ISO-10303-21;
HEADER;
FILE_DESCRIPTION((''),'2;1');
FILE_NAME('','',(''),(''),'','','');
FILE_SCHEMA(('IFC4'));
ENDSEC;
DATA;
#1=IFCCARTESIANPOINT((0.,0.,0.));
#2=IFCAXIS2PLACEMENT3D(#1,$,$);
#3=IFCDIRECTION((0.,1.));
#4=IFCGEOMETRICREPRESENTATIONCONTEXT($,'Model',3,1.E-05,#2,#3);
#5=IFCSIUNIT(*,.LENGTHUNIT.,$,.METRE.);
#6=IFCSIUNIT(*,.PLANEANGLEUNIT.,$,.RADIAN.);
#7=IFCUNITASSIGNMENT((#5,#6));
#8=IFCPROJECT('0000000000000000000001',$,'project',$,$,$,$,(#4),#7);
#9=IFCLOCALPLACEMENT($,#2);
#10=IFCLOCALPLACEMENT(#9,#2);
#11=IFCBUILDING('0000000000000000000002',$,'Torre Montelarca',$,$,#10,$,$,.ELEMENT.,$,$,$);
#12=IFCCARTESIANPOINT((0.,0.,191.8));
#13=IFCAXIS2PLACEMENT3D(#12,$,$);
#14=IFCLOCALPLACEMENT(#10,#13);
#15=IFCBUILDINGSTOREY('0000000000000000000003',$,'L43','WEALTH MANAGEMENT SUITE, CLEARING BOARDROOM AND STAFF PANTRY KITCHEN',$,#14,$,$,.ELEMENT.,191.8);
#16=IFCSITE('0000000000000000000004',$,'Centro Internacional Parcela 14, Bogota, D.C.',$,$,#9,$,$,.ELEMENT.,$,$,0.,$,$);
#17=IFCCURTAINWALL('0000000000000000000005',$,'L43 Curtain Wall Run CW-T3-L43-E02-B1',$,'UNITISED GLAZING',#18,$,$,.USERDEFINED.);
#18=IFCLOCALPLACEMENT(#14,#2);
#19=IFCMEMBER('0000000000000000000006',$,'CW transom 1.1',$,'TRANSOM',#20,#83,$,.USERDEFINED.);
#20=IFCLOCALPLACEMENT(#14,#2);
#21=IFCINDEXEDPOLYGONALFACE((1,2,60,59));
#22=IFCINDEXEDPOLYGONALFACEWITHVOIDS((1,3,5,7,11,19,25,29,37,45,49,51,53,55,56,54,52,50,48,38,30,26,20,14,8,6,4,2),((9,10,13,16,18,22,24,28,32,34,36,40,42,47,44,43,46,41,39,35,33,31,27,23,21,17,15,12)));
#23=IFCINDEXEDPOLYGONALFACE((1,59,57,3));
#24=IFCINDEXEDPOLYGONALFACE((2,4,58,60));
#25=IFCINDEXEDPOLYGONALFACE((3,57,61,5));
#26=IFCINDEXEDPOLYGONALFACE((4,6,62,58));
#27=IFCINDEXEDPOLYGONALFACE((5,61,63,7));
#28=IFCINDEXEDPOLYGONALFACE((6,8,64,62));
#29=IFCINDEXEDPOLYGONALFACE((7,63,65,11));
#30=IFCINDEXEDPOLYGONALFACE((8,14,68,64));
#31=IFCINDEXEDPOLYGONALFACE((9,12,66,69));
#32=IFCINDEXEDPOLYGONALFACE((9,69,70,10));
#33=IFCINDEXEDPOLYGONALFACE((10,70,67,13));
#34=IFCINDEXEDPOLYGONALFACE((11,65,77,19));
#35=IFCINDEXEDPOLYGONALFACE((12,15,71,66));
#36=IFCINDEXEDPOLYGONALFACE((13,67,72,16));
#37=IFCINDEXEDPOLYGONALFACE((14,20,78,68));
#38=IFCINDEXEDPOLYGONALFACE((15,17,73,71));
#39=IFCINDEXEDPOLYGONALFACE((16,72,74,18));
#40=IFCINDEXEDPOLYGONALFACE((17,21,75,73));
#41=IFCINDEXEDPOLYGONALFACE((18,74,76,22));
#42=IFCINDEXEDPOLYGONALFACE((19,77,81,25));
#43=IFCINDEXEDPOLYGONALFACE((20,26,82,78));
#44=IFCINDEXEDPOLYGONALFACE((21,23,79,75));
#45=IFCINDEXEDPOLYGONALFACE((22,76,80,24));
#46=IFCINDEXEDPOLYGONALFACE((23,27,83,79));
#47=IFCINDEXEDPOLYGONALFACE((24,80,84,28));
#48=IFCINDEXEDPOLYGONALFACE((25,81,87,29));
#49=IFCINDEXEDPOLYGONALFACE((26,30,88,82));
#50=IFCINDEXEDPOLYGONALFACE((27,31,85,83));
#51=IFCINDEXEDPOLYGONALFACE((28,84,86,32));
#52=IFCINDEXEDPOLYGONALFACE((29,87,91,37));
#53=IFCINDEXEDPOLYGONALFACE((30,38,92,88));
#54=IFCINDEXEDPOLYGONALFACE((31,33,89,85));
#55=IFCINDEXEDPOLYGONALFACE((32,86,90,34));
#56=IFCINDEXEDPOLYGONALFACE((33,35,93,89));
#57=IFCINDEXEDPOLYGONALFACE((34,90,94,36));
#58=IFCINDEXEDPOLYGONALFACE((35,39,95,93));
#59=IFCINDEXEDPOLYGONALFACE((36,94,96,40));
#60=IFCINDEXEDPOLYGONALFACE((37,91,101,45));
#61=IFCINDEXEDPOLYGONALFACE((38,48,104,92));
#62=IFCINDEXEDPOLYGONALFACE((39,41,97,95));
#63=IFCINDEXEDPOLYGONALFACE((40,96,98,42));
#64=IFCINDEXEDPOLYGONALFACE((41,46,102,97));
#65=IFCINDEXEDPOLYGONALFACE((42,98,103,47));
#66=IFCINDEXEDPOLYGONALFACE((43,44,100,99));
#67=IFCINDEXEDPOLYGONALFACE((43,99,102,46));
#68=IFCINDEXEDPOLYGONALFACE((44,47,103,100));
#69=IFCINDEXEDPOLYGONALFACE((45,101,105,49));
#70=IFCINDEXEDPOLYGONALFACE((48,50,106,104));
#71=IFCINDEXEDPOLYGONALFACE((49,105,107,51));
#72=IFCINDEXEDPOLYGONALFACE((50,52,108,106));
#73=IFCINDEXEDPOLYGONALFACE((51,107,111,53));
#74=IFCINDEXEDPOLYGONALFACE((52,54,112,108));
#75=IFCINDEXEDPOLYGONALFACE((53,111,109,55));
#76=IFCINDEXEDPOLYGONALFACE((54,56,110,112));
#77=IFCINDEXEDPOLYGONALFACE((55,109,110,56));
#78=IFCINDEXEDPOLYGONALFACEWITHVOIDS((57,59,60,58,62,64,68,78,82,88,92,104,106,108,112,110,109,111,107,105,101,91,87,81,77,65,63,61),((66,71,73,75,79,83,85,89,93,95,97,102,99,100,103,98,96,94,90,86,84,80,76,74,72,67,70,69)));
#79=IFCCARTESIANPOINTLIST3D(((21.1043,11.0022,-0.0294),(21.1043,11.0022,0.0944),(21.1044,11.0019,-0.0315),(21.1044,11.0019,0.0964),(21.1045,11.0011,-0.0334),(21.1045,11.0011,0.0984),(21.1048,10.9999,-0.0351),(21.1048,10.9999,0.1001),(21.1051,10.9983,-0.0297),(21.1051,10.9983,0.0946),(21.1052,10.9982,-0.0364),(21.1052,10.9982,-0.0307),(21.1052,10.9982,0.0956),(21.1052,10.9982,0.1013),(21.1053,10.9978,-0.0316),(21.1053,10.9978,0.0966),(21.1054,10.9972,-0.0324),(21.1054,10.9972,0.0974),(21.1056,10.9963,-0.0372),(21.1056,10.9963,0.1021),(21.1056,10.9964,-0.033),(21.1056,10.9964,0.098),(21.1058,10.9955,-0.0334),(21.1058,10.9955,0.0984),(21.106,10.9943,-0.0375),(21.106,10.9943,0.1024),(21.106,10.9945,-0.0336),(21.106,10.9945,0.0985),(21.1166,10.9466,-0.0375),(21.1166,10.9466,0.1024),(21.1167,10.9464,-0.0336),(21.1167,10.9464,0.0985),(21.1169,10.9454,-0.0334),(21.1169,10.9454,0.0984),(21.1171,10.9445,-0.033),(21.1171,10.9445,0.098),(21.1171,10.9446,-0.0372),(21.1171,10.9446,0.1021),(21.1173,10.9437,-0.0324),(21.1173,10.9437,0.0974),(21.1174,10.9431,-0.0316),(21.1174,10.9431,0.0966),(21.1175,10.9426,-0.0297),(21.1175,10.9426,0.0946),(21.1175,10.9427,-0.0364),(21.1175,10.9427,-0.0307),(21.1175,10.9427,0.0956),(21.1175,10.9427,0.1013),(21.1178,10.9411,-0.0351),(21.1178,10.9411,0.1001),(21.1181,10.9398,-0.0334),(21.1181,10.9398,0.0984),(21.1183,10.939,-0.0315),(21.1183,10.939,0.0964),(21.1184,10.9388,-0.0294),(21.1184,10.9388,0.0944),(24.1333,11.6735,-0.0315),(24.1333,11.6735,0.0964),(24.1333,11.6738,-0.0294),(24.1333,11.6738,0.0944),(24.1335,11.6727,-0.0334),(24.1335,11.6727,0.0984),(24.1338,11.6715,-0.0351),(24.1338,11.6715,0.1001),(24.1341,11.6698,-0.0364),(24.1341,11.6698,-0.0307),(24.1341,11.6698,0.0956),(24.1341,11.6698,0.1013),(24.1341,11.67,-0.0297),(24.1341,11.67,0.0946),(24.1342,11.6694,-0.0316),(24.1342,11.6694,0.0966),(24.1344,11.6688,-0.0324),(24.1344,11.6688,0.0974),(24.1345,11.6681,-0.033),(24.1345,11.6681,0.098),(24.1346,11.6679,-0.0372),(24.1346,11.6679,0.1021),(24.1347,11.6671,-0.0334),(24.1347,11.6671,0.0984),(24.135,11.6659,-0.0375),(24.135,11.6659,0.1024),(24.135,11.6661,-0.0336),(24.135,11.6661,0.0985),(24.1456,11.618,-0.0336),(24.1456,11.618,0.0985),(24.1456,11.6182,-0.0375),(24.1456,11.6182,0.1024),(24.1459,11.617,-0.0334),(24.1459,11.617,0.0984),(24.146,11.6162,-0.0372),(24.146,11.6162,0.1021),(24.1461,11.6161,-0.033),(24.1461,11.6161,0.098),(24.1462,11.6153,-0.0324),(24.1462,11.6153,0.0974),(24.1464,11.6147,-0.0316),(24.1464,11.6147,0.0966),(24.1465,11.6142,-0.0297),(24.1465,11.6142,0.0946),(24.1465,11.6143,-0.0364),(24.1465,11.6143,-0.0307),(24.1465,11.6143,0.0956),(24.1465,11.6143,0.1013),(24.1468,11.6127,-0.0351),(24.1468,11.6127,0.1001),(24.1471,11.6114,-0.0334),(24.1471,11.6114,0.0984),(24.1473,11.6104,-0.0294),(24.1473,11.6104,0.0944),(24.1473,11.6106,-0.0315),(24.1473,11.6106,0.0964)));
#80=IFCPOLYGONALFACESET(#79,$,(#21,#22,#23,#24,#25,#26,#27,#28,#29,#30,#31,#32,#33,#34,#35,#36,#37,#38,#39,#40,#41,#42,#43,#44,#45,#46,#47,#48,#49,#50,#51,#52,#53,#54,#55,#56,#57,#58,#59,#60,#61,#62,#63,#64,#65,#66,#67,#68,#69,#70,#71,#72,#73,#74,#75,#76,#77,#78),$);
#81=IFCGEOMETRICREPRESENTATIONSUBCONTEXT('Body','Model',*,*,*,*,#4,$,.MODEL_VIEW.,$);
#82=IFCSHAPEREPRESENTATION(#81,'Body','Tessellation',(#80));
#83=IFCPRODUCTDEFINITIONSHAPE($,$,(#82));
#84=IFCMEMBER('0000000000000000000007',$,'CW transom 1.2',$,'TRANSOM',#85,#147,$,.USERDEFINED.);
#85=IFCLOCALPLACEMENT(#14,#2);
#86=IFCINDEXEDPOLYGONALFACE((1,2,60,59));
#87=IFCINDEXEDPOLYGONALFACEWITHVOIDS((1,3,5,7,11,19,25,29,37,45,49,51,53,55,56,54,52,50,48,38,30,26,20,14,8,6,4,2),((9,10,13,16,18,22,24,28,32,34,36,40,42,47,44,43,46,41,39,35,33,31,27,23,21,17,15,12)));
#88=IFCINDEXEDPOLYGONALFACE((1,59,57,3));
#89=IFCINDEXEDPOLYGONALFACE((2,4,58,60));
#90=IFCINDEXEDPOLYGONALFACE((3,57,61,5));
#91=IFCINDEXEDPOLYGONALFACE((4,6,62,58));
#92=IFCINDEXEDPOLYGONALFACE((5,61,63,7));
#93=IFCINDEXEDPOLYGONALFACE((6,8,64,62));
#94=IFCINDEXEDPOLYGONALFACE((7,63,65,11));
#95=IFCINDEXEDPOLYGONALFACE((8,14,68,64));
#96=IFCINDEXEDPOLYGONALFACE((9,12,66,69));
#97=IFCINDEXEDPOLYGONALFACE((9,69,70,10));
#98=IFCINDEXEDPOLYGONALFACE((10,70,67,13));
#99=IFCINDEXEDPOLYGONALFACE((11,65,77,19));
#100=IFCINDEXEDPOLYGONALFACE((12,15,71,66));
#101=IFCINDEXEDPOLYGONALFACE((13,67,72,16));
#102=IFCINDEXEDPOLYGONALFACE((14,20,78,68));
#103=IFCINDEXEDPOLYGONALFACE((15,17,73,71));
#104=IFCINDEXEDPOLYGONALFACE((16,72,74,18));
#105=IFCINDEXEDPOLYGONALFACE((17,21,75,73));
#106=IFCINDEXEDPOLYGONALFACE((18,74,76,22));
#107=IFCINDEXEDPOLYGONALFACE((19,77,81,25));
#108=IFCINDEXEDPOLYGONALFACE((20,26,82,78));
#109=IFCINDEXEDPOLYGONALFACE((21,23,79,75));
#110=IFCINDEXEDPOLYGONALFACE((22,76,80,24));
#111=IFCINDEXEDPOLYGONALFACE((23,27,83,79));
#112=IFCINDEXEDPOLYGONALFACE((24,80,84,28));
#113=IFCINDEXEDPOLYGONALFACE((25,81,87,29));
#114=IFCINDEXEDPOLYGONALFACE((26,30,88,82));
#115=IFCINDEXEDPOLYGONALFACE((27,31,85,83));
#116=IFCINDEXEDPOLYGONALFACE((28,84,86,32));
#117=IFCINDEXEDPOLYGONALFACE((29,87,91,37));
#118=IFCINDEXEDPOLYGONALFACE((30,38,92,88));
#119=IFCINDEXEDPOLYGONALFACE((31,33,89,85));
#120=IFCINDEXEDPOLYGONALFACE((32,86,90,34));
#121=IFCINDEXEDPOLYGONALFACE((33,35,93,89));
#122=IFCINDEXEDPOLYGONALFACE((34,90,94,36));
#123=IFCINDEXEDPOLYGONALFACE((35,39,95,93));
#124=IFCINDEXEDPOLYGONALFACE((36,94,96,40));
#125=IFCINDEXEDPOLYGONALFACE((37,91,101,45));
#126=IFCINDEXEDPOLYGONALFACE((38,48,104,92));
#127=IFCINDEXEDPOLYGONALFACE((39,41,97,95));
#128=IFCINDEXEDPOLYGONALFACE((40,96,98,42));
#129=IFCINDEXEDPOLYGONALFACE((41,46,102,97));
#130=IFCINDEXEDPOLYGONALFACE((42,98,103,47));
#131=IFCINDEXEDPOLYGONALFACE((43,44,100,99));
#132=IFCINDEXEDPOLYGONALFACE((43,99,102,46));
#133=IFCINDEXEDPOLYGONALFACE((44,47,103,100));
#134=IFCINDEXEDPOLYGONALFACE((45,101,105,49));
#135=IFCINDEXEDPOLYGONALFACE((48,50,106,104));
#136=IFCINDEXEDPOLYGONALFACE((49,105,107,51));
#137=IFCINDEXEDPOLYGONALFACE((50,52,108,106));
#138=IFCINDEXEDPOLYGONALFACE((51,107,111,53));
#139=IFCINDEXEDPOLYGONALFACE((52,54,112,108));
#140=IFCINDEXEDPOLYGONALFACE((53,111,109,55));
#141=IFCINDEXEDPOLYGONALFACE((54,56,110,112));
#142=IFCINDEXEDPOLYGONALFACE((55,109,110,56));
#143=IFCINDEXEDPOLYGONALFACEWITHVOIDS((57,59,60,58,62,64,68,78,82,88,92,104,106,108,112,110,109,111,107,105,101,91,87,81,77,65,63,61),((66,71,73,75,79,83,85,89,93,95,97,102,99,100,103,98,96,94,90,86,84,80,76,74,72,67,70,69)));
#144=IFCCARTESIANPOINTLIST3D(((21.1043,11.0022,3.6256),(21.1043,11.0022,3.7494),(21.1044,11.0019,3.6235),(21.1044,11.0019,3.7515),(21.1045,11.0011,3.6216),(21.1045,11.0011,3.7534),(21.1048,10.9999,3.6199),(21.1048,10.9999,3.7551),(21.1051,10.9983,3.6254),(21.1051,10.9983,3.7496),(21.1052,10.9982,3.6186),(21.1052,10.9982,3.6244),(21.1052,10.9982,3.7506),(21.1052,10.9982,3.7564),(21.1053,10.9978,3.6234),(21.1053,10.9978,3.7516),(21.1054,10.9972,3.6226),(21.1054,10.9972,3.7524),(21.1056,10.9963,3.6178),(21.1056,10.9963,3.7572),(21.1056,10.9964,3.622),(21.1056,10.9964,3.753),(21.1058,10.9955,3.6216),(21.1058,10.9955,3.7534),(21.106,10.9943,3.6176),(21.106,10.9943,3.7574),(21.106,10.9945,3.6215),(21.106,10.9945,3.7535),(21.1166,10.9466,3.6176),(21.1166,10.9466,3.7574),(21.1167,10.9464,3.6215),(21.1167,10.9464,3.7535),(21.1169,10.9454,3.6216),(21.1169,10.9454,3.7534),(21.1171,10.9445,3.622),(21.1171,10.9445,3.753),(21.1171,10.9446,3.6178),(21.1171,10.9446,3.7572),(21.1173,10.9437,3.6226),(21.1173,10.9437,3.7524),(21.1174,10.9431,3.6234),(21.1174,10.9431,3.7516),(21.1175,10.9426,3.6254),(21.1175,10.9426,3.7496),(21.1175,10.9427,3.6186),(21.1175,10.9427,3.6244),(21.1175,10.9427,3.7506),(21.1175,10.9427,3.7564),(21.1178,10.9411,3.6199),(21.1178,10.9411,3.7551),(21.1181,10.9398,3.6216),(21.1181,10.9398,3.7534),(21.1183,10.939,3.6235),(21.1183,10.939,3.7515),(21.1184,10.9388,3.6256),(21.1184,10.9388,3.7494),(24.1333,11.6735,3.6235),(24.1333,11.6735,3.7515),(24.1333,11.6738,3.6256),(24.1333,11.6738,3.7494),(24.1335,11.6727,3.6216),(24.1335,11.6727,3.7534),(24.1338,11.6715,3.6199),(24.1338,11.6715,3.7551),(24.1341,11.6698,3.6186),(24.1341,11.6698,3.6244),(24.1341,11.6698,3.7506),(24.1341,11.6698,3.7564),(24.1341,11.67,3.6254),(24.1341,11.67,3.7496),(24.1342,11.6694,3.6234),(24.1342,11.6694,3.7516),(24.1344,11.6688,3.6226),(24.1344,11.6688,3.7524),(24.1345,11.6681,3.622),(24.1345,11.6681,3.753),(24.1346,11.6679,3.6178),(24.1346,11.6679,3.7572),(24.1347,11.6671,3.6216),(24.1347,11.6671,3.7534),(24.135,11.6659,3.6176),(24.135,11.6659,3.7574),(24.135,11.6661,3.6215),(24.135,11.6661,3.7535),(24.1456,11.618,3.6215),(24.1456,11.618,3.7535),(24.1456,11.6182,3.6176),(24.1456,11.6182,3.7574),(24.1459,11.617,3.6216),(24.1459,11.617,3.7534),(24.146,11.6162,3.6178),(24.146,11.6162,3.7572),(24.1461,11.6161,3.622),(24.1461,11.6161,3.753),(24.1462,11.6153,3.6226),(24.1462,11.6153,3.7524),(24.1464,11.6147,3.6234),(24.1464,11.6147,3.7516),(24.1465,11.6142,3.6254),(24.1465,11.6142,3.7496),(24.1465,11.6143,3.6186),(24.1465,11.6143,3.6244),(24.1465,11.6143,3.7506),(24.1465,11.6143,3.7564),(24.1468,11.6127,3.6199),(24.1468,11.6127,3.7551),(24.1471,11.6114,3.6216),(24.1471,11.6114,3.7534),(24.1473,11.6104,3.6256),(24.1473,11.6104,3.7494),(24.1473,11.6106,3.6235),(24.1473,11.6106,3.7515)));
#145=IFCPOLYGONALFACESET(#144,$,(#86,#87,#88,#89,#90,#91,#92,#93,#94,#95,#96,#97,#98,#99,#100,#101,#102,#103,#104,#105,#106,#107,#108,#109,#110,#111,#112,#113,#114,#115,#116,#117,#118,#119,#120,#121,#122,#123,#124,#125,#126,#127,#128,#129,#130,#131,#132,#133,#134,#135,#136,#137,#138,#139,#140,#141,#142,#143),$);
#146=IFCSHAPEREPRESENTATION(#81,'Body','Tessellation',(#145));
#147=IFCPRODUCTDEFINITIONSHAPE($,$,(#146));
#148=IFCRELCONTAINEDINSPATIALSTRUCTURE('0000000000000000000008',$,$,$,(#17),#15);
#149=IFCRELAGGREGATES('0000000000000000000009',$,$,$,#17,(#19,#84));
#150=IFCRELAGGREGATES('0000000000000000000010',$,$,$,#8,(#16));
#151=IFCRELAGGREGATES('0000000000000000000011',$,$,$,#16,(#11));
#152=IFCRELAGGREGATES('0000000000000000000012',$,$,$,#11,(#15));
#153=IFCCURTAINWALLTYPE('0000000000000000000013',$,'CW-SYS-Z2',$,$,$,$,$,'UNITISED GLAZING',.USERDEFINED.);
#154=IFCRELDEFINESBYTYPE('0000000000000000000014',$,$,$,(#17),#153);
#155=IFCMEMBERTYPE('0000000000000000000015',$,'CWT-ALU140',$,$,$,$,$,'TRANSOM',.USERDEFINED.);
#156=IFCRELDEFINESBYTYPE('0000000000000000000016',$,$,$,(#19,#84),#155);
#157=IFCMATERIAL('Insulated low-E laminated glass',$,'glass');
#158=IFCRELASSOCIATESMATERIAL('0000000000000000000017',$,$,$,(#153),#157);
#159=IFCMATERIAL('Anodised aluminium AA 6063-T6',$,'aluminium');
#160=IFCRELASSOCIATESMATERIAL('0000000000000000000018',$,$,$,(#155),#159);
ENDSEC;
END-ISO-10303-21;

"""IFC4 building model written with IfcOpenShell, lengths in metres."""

from ifc_helpers import new_model, si_unit, direction, frame, origin, origin_2d, place, context, subcontext, project, spatial, hollow_rectangle, extrude, source, transform, mapped, material, material_profile, profile_set, type_object, element, aggregate, save


model = new_model("IFC4")

# Units and contexts
model_context = context("Model", 3, precision=1e-05, world=origin(), true_north=direction((0.0, 1.0)))
body_context = subcontext(model_context, "Body", "Model", "MODEL_VIEW")
ifc_project = project(units=[si_unit("LENGTHUNIT", "METRE"), si_unit("PLANEANGLEUNIT", "RADIAN")], contexts=[model_context])

# Site, building, storey
site_placement = place(None, origin())
site = spatial("IfcSite", under=ifc_project, at=site_placement, Name="Centro Internacional Parcela 14, Bogota, D.C.", CompositionType="ELEMENT", RefElevation=0.0)
building_placement = place(site_placement, origin())
building = spatial("IfcBuilding", under=site, at=building_placement, Name="Torre Montelarca", CompositionType="ELEMENT")
storey_placement = place(building_placement, frame((0.0, 0.0, 191.8)))
storey = spatial("IfcBuildingStorey", under=building, at=storey_placement, Name="L43", Description="WEALTH MANAGEMENT SUITE, CLEARING BOARDROOM AND STAFF PANTRY KITCHEN", CompositionType="ELEMENT", Elevation=191.8)

# Curtain wall, members
ifc_material_1 = material(Name="Insulated low-E laminated glass", Category="glass")
curtain_wall_type = type_object("IfcCurtainWallType", Name="CW-SYS-Z2", ElementType="UNITISED GLAZING", PredefinedType="USERDEFINED", material=ifc_material_1)
curtain_wall_1_placement = place(storey_placement, origin())
curtain_wall_1 = element("IfcCurtainWall", 1, at=curtain_wall_1_placement, inside=storey, type_object=curtain_wall_type, Name="L43 Curtain Wall Run CW-T3-L43-E02-B1", ObjectType="UNITISED GLAZING", PredefinedType="USERDEFINED")
ifc_material_2 = material(Name="Anodised aluminium AA 6063-T6", Category="aluminium")
ifc_material_profile_1 = material_profile(ifc_material_2, hollow_rectangle(XDim=0.0649, YDim=0.1399, WallThickness=0.0039, InnerFilletRadius=0.0039, OuterFilletRadius=0.0081, at=origin_2d()), Name="ALU65X140X4", Category="aluminium")
ifc_profile_set_1 = profile_set([ifc_material_profile_1], Name="Anodised aluminium AA 6063-T6")
member_type_1 = type_object("IfcMemberType", Name="CWT-ALU140", ElementType="TRANSOM", PredefinedType="USERDEFINED", material=ifc_profile_set_1)
shared_shape_1 = source(origin(), body_context, "Body", "SweptSolid", [
    extrude(hollow_rectangle(XDim=0.0649, YDim=0.1399, WallThickness=0.0039, InnerFilletRadius=0.0039, OuterFilletRadius=0.0081, at=origin_2d()), origin(), (0.0, 0.0, 1.0), 3.1025),
])
member_1_placement = place(storey_placement, frame((21.1113, 10.9705, 0.0325), z_axis=(0.976289, 0.216472, 0.0), x_axis=(-0.216472, 0.976289, 0.0)))
member_1 = element("IfcMember", 2, at=member_1_placement, type_object=member_type_1, Name="CW transom 1.1", ObjectType="TRANSOM", PredefinedType="USERDEFINED", context=body_context, shape_type="MappedRepresentation", body=[
    mapped(shared_shape_1, transform((0.0, 0.0, 0.0), scale=1.0)),
])
member_2_placement = place(storey_placement, frame((21.1113, 10.9705, 3.6875), z_axis=(0.976289, 0.216472, 0.0), x_axis=(-0.216472, 0.976289, 0.0)))
member_2 = element("IfcMember", 3, at=member_2_placement, type_object=member_type_1, Name="CW transom 1.2", ObjectType="TRANSOM", PredefinedType="USERDEFINED", context=body_context, shape_type="MappedRepresentation", body=[
    mapped(shared_shape_1, transform((0.0, 0.0, 0.0), scale=1.0)),
])

aggregate(curtain_wall_1, [member_1, member_2])

save(model, "model.ifc")
